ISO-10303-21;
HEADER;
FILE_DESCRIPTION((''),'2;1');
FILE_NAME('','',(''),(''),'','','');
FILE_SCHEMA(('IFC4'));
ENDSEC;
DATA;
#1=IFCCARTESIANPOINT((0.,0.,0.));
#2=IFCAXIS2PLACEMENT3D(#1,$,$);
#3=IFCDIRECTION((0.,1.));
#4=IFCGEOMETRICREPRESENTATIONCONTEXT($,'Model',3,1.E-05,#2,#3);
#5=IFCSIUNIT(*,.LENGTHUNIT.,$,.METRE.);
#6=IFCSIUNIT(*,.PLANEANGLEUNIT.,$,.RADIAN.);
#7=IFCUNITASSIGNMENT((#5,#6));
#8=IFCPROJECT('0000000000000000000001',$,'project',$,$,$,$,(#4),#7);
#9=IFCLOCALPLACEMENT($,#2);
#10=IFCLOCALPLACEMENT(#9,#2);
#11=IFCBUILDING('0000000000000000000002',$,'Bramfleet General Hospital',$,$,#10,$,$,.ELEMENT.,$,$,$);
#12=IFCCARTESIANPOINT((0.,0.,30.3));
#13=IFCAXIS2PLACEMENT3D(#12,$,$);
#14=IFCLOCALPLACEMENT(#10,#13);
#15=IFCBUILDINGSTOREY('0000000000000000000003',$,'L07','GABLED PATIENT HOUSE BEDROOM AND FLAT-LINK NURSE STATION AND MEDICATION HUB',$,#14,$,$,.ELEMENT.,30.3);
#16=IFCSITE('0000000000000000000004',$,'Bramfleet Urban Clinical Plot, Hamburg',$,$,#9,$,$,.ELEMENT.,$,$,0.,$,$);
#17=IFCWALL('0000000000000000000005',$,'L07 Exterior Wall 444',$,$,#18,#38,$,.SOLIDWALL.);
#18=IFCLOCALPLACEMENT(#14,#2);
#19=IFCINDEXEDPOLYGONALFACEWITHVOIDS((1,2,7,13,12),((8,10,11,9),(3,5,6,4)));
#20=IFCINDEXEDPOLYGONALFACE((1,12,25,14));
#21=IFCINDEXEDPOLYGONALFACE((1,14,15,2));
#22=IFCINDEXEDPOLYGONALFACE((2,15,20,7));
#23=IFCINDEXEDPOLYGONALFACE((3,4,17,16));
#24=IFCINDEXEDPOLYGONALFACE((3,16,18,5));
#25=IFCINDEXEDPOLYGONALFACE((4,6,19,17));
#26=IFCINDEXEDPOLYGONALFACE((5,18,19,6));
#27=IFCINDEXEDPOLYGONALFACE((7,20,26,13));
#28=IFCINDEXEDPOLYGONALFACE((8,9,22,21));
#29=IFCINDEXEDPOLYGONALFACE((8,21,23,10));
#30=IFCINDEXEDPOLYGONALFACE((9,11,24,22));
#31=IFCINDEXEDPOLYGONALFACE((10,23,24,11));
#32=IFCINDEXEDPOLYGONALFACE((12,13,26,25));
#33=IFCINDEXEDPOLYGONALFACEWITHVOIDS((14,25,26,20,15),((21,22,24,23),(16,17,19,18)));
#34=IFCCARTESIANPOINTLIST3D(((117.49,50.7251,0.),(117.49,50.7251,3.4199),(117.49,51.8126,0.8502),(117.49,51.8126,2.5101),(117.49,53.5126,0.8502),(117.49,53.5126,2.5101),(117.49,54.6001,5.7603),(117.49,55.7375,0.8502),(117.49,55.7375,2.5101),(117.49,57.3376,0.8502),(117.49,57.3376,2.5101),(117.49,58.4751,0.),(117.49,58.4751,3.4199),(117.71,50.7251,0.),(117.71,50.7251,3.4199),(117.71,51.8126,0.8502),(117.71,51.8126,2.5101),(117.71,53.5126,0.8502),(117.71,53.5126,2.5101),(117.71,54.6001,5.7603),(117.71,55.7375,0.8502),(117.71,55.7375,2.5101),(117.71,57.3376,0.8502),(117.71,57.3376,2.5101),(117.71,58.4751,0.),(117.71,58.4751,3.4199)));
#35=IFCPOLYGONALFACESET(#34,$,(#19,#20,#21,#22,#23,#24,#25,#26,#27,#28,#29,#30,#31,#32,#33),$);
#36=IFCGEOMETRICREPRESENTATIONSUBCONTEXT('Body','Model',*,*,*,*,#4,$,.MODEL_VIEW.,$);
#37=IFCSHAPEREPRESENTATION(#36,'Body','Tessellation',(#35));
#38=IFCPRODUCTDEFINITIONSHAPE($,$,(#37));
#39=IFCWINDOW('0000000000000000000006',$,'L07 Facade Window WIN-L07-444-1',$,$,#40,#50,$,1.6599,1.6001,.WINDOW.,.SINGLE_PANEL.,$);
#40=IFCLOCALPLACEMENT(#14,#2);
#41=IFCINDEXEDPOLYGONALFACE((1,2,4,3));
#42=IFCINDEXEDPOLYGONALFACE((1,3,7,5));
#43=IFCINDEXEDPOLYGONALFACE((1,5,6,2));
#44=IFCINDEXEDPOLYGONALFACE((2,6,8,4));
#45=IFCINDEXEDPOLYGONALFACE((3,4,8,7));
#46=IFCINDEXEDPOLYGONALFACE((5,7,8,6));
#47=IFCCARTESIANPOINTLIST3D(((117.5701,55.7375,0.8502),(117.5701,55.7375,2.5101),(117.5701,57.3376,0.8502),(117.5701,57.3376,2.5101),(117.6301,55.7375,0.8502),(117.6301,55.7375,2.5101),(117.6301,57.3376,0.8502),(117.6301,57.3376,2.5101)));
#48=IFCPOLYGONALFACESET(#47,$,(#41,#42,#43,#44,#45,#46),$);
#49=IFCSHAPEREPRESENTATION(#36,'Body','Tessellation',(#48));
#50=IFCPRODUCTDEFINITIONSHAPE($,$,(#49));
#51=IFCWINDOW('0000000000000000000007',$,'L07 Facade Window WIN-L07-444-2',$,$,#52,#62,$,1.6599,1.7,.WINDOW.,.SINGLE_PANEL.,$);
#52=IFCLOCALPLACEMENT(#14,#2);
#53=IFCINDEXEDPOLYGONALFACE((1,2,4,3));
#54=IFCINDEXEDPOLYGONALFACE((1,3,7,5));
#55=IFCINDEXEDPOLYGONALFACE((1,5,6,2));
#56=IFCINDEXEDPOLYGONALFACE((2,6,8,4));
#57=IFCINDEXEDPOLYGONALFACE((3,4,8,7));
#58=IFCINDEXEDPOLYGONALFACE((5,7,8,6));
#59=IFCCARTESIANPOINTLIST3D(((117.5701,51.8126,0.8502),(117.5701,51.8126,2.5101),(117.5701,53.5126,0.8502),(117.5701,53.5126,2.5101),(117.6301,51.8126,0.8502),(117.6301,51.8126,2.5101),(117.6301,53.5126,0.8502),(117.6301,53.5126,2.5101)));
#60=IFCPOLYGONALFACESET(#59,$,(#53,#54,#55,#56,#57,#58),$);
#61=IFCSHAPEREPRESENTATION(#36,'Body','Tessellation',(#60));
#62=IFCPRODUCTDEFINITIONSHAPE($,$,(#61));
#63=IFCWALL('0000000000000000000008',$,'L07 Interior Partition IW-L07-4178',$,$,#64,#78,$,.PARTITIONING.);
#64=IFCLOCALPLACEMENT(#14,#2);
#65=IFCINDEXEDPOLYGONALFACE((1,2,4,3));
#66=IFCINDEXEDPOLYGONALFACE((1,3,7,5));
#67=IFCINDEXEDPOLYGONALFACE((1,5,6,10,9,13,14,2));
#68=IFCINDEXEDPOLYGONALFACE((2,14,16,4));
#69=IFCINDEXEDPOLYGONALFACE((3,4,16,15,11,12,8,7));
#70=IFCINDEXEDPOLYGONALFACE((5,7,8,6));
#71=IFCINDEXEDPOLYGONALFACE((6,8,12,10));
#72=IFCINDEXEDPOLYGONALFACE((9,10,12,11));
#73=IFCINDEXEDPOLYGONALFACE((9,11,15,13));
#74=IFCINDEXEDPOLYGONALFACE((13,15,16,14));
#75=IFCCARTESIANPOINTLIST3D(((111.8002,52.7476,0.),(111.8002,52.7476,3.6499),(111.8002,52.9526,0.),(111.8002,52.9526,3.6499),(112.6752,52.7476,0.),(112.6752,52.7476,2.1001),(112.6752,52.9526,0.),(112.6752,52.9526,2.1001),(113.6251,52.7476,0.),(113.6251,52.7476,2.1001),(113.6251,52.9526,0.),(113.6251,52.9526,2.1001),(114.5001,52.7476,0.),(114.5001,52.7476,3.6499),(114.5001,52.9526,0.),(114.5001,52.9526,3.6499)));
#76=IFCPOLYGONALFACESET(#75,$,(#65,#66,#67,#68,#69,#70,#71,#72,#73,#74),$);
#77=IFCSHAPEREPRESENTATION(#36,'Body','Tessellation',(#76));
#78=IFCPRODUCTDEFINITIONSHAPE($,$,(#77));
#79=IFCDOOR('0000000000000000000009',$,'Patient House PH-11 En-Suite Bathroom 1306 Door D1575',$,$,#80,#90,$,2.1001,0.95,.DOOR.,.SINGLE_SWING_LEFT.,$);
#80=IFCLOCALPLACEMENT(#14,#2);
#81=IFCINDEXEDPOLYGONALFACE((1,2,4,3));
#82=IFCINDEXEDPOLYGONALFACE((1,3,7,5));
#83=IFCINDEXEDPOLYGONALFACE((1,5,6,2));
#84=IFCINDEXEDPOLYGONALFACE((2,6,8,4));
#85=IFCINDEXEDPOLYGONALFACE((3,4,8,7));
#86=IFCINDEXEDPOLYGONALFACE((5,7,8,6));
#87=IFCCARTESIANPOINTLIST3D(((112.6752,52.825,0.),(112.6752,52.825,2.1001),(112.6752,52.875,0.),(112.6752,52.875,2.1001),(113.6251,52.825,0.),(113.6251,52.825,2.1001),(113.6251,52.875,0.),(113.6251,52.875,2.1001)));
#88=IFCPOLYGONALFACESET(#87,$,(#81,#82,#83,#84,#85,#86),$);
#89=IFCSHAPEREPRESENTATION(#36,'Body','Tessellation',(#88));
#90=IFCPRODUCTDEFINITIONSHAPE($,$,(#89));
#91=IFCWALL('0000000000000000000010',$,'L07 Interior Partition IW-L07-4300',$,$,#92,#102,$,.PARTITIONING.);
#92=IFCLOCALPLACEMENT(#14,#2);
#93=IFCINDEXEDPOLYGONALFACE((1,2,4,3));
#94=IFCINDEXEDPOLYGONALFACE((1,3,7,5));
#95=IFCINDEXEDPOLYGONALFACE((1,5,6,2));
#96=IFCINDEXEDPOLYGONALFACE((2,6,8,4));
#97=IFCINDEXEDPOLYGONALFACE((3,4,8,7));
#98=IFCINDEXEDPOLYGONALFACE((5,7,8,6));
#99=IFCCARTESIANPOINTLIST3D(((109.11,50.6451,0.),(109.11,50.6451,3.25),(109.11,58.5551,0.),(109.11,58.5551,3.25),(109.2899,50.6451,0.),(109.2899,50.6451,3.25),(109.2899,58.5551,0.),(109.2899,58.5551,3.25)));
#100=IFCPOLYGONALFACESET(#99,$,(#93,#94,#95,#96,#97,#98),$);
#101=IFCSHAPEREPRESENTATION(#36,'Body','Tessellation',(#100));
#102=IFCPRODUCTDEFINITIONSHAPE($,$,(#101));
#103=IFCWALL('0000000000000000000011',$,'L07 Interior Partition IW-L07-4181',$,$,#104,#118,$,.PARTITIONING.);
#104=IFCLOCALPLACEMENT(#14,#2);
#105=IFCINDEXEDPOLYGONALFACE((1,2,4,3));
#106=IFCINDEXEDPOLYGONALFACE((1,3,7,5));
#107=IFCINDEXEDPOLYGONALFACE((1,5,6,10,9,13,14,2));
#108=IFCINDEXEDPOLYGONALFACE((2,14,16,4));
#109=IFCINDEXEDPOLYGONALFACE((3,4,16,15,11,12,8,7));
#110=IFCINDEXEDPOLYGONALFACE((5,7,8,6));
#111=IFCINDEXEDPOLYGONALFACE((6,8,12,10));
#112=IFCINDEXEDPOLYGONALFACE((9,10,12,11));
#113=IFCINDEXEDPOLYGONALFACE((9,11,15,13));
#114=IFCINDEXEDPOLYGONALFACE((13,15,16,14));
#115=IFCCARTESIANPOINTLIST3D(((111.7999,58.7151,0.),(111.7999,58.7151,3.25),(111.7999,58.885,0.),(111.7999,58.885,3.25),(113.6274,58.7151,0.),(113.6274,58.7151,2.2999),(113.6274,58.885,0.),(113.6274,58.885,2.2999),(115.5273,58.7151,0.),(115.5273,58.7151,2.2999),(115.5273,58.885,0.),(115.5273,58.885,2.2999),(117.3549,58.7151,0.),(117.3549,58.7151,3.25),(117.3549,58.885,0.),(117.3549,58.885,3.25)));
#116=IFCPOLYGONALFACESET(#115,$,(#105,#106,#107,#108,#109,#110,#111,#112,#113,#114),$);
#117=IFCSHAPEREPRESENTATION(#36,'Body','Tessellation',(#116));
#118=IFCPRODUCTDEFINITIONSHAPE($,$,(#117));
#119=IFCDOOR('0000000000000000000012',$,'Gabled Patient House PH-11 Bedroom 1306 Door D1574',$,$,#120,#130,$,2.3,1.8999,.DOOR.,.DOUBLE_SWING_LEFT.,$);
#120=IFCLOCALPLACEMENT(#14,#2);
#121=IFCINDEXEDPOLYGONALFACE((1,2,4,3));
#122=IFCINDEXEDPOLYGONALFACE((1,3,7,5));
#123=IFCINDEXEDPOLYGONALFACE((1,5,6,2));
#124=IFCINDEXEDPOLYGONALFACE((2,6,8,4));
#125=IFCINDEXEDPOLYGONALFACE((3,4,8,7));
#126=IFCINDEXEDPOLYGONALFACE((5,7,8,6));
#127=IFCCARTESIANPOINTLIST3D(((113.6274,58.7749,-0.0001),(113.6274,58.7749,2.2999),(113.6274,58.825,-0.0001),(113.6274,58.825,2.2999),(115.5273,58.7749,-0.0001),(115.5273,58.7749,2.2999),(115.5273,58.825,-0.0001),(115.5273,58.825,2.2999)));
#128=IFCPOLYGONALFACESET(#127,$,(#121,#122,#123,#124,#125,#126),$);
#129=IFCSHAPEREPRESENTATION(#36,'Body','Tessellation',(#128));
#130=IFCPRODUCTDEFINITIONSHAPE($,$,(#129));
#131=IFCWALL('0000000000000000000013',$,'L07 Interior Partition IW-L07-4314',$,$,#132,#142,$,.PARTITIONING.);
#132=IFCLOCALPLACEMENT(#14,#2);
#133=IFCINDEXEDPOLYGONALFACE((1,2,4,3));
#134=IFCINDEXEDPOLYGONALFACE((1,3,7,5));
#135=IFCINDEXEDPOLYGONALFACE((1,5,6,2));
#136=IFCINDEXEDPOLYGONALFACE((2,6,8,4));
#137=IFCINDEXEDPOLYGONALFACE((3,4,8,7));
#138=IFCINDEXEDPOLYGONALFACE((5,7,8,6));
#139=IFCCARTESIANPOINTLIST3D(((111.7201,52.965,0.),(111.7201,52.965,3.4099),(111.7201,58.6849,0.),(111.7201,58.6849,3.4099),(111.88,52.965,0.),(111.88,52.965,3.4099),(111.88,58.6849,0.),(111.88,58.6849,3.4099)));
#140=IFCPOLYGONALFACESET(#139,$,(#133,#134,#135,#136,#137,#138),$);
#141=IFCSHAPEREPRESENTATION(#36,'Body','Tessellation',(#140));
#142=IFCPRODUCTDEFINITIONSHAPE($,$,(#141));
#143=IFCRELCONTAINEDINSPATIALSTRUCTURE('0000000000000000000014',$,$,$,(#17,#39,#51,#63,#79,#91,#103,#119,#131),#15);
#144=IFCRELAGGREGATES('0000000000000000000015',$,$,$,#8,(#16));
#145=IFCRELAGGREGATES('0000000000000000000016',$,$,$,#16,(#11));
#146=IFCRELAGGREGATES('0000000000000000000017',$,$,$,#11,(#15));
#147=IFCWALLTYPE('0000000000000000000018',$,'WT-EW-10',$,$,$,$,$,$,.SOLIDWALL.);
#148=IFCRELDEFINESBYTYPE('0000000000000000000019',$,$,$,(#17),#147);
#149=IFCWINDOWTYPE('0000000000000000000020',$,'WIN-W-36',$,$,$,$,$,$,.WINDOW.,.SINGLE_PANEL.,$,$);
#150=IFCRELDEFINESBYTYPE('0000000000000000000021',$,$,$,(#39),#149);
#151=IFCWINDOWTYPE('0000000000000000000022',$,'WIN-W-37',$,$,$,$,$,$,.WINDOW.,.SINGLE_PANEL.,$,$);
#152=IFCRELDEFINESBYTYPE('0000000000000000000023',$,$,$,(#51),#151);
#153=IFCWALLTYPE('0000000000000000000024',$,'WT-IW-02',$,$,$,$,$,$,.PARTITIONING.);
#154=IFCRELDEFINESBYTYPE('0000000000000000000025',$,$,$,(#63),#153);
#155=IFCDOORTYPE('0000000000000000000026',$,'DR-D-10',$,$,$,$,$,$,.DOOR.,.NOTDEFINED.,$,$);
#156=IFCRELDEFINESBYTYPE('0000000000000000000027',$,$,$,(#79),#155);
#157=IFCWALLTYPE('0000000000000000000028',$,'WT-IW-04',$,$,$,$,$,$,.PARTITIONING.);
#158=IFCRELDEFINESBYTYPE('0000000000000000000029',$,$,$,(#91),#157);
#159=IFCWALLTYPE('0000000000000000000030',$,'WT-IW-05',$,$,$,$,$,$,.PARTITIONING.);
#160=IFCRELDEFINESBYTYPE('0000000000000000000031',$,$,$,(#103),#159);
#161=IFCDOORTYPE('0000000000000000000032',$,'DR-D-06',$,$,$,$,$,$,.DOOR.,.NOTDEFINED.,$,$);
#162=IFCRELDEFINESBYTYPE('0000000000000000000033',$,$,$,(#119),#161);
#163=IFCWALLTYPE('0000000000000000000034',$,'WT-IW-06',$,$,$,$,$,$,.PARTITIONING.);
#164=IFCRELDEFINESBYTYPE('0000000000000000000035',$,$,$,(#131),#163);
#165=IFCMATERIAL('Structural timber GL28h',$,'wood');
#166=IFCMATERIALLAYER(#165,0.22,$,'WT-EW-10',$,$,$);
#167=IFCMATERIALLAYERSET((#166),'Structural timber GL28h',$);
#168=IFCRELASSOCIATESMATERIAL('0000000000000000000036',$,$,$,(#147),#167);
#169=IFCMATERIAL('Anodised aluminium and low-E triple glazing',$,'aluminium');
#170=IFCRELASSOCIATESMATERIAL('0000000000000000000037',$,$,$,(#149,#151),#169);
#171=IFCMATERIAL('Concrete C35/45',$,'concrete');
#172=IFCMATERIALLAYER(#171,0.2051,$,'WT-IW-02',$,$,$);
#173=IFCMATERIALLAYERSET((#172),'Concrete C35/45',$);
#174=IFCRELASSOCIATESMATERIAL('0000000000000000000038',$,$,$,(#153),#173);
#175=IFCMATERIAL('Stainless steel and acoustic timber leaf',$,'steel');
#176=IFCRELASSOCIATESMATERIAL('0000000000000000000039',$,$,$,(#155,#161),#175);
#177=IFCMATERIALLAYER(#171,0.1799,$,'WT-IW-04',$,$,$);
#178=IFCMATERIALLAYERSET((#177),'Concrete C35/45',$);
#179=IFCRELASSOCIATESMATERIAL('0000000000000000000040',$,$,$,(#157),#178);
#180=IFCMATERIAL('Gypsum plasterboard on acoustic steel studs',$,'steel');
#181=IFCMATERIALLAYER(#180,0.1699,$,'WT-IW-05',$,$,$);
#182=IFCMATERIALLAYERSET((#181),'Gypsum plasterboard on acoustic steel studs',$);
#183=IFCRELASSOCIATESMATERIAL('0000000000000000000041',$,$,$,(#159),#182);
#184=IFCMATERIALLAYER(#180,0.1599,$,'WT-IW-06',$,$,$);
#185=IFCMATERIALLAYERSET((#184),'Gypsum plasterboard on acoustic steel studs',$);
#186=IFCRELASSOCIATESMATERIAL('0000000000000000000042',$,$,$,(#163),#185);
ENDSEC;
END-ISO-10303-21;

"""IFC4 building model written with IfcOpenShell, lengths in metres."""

from ifc_helpers import new_model, si_unit, direction, frame, frame_2d, origin, place, context, subcontext, project, spatial, polyline, rectangle, outline, extrude, material, layer, layer_set, type_object, element, fill, save


model = new_model("IFC4")

# Units and contexts
model_context = context("Model", 3, precision=1e-05, world=origin(), true_north=direction((0.0, 1.0)))
body_context = subcontext(model_context, "Body", "Model", "MODEL_VIEW")
ifc_project = project(units=[si_unit("LENGTHUNIT", "METRE"), si_unit("PLANEANGLEUNIT", "RADIAN")], contexts=[model_context])

# Site, building, storey
site_placement = place(None, origin())
site = spatial("IfcSite", under=ifc_project, at=site_placement, Name="Bramfleet Urban Clinical Plot, Hamburg", CompositionType="ELEMENT", RefElevation=0.0)
building_placement = place(site_placement, origin())
building = spatial("IfcBuilding", under=site, at=building_placement, Name="Bramfleet General Hospital", CompositionType="ELEMENT")
storey_placement = place(building_placement, frame((0.0, 0.0, 30.3)))
storey = spatial("IfcBuildingStorey", under=building, at=storey_placement, Name="L07", Description="GABLED PATIENT HOUSE BEDROOM AND FLAT-LINK NURSE STATION AND MEDICATION HUB", CompositionType="ELEMENT", Elevation=30.3)

# Wall, openings, windows
ifc_material_1 = material(Name="Structural timber GL28h", Category="wood")
ifc_layer_1 = layer(ifc_material_1, 0.22, Name="WT-EW-10")
ifc_layer_set_1 = layer_set([ifc_layer_1], Name="Structural timber GL28h")
wall_type_1 = type_object("IfcWallType", Name="WT-EW-10", PredefinedType="SOLIDWALL", material=ifc_layer_set_1)
wall_1_placement = place(storey_placement, frame((117.6001, 58.4751, 0.0), z_axis=(0.0, 0.0, 1.0), x_axis=(0.0, -1.0, 0.0)))
wall_1 = element("IfcWall", 1, at=wall_1_placement, inside=storey, type_object=wall_type_1, Name="L07 Exterior Wall 444", PredefinedType="SOLIDWALL", context=body_context, shape_type="SweptSolid", body=[
    extrude(outline(polyline([(0.0, 0.0), (7.75, 0.0), (7.75, 3.4199), (3.875, 5.7603), (0.0, 3.4199), (0.0, 0.0)])), frame((0.0, 0.1099, 0.0), z_axis=(0.0, -1.0, 0.0), x_axis=(1.0, 0.0, 0.0)), (0.0, 0.0, 1.0), 0.22),
])
opening_1_placement = place(wall_1_placement, frame((1.1375, 0.0, 0.8501)))
opening_1 = element("IfcOpeningElement", 2, at=opening_1_placement, cuts=wall_1, PredefinedType="OPENING", context=body_context, shape_type="SweptSolid", body=[
    extrude(rectangle(XDim=1.6001, YDim=1.6599, at=frame_2d((0.8, 0.8301))), frame((0.0, 0.1199, 0.0), z_axis=(0.0, -1.0, 0.0), x_axis=(1.0, 0.0, 0.0)), (0.0, 0.0, 1.0), 0.24),
])
opening_2_placement = place(wall_1_placement, frame((4.9624, 0.0, 0.8501)))
opening_2 = element("IfcOpeningElement", 3, at=opening_2_placement, cuts=wall_1, PredefinedType="OPENING", context=body_context, shape_type="SweptSolid", body=[
    extrude(rectangle(XDim=1.7, YDim=1.6599, at=frame_2d((0.8501, 0.8301))), frame((0.0, 0.1199, 0.0), z_axis=(0.0, -1.0, 0.0), x_axis=(1.0, 0.0, 0.0)), (0.0, 0.0, 1.0), 0.24),
])
ifc_material_2 = material(Name="Anodised aluminium and low-E triple glazing", Category="aluminium")
window_type_1 = type_object("IfcWindowType", Name="WIN-W-36", PartitioningType="SINGLE_PANEL", PredefinedType="WINDOW", material=ifc_material_2)
window_1_placement = place(opening_1_placement, origin())
window_1 = element("IfcWindow", 4, at=window_1_placement, inside=storey, type_object=window_type_1, Name="L07 Facade Window WIN-L07-444-1", OverallHeight=1.6599, OverallWidth=1.6001, PartitioningType="SINGLE_PANEL", PredefinedType="WINDOW", context=body_context, shape_type="SweptSolid", body=[
    extrude(rectangle(XDim=1.6001, YDim=1.6599, at=frame_2d((0.8, 0.8301))), frame((0.0, 0.03, 0.0), z_axis=(0.0, -1.0, 0.0), x_axis=(1.0, 0.0, 0.0)), (0.0, 0.0, 1.0), 0.0601),
])
fill(opening_1, window_1)
window_type_2 = type_object("IfcWindowType", Name="WIN-W-37", PartitioningType="SINGLE_PANEL", PredefinedType="WINDOW", material=ifc_material_2)
window_2_placement = place(opening_2_placement, origin())
window_2 = element("IfcWindow", 5, at=window_2_placement, inside=storey, type_object=window_type_2, Name="L07 Facade Window WIN-L07-444-2", OverallHeight=1.6599, OverallWidth=1.7, PartitioningType="SINGLE_PANEL", PredefinedType="WINDOW", context=body_context, shape_type="SweptSolid", body=[
    extrude(rectangle(XDim=1.7, YDim=1.6599, at=frame_2d((0.8501, 0.8301))), frame((0.0, 0.03, 0.0), z_axis=(0.0, -1.0, 0.0), x_axis=(1.0, 0.0, 0.0)), (0.0, 0.0, 1.0), 0.0601),
])
fill(opening_2, window_2)

# Wall, opening, door
ifc_material_3 = material(Name="Concrete C35/45", Category="concrete")
ifc_layer_2 = layer(ifc_material_3, 0.2051, Name="WT-IW-02")
ifc_layer_set_2 = layer_set([ifc_layer_2], Name="Concrete C35/45")
wall_type_2 = type_object("IfcWallType", Name="WT-IW-02", PredefinedType="PARTITIONING", material=ifc_layer_set_2)
wall_2_placement = place(storey_placement, frame((111.8, 52.8501, 0.0), z_axis=(0.0, 0.0, 1.0), x_axis=(1.0, 0.0, 0.0)))
wall_2 = element("IfcWall", 6, at=wall_2_placement, inside=storey, type_object=wall_type_2, Name="L07 Interior Partition IW-L07-4178", PredefinedType="PARTITIONING", context=body_context, shape_type="SweptSolid", body=[
    extrude(rectangle(XDim=2.7, YDim=0.2051, at=frame_2d((1.3501, 0.0))), origin(), (0.0, 0.0, 1.0), 3.6499),
])
opening_3_placement = place(wall_2_placement, frame((0.875, 0.0, 0.0)))
opening_3 = element("IfcOpeningElement", 7, at=opening_3_placement, cuts=wall_2, PredefinedType="OPENING", context=body_context, shape_type="SweptSolid", body=[
    extrude(rectangle(XDim=0.95, YDim=2.1001, at=frame_2d((0.4751, 1.05))), frame((0.0, 0.1125, 0.0), z_axis=(0.0, -1.0, 0.0), x_axis=(1.0, 0.0, 0.0)), (0.0, 0.0, 1.0), 0.2251),
])
ifc_material_4 = material(Name="Stainless steel and acoustic timber leaf", Category="steel")
door_type_1 = type_object("IfcDoorType", Name="DR-D-10", OperationType="NOTDEFINED", PredefinedType="DOOR", material=ifc_material_4)
door_1_placement = place(opening_3_placement, origin())
door_1 = element("IfcDoor", 8, at=door_1_placement, inside=storey, type_object=door_type_1, Name="Patient House PH-11 En-Suite Bathroom 1306 Door D1575", OperationType="SINGLE_SWING_LEFT", OverallHeight=2.1001, OverallWidth=0.95, PredefinedType="DOOR", context=body_context, shape_type="SweptSolid", body=[
    extrude(rectangle(XDim=0.95, YDim=2.1001, at=frame_2d((0.4751, 1.05))), frame((0.0, 0.0249, 0.0), z_axis=(0.0, -1.0, 0.0), x_axis=(1.0, 0.0, 0.0)), (0.0, 0.0, 1.0), 0.05),
])
fill(opening_3, door_1)

# Wall
ifc_layer_3 = layer(ifc_material_3, 0.1799, Name="WT-IW-04")
ifc_layer_set_3 = layer_set([ifc_layer_3], Name="Concrete C35/45")
wall_type_3 = type_object("IfcWallType", Name="WT-IW-04", PredefinedType="PARTITIONING", material=ifc_layer_set_3)
wall_3_placement = place(storey_placement, frame((109.2, 50.645, 0.0), z_axis=(0.0, 0.0, 1.0), x_axis=(0.0, 1.0, 0.0)))
element("IfcWall", 9, at=wall_3_placement, inside=storey, type_object=wall_type_3, Name="L07 Interior Partition IW-L07-4300", PredefinedType="PARTITIONING", context=body_context, shape_type="SweptSolid", body=[
    extrude(rectangle(XDim=7.9099, YDim=0.1799, at=frame_2d((3.9551, 0.0))), origin(), (0.0, 0.0, 1.0), 3.25),
])

# Wall, opening, door
ifc_material_5 = material(Name="Gypsum plasterboard on acoustic steel studs", Category="steel")
ifc_layer_4 = layer(ifc_material_5, 0.1699, Name="WT-IW-05")
ifc_layer_set_4 = layer_set([ifc_layer_4], Name="Gypsum plasterboard on acoustic steel studs")
wall_type_4 = type_object("IfcWallType", Name="WT-IW-05", PredefinedType="PARTITIONING", material=ifc_layer_set_4)
wall_4_placement = place(storey_placement, frame((111.8, 58.8, 0.0), z_axis=(0.0, 0.0, 1.0), x_axis=(1.0, 0.0, 0.0)))
wall_4 = element("IfcWall", 10, at=wall_4_placement, inside=storey, type_object=wall_type_4, Name="L07 Interior Partition IW-L07-4181", PredefinedType="PARTITIONING", context=body_context, shape_type="SweptSolid", body=[
    extrude(rectangle(XDim=5.5549, YDim=0.1699, at=frame_2d((2.7773, 0.0))), origin(), (0.0, 0.0, 1.0), 3.25),
])
opening_4_placement = place(wall_4_placement, frame((1.8274, 0.0, 0.0)))
opening_4 = element("IfcOpeningElement", 11, at=opening_4_placement, cuts=wall_4, PredefinedType="OPENING", context=body_context, shape_type="SweptSolid", body=[
    extrude(rectangle(XDim=1.8999, YDim=2.3, at=frame_2d((0.95, 1.1499))), frame((0.0, 0.095, 0.0), z_axis=(0.0, -1.0, 0.0), x_axis=(1.0, 0.0, 0.0)), (0.0, 0.0, 1.0), 0.1899),
])
door_type_2 = type_object("IfcDoorType", Name="DR-D-06", OperationType="NOTDEFINED", PredefinedType="DOOR", material=ifc_material_4)
door_2_placement = place(opening_4_placement, origin())
door_2 = element("IfcDoor", 12, at=door_2_placement, inside=storey, type_object=door_type_2, Name="Gabled Patient House PH-11 Bedroom 1306 Door D1574", OperationType="DOUBLE_SWING_LEFT", OverallHeight=2.3, OverallWidth=1.8999, PredefinedType="DOOR", context=body_context, shape_type="SweptSolid", body=[
    extrude(rectangle(XDim=1.8999, YDim=2.3, at=frame_2d((0.95, 1.1499))), frame((0.0, 0.0249, 0.0), z_axis=(0.0, -1.0, 0.0), x_axis=(1.0, 0.0, 0.0)), (0.0, 0.0, 1.0), 0.05),
])
fill(opening_4, door_2)

# Wall
ifc_layer_5 = layer(ifc_material_5, 0.1599, Name="WT-IW-06")
ifc_layer_set_5 = layer_set([ifc_layer_5], Name="Gypsum plasterboard on acoustic steel studs")
wall_type_5 = type_object("IfcWallType", Name="WT-IW-06", PredefinedType="PARTITIONING", material=ifc_layer_set_5)
wall_5_placement = place(storey_placement, frame((111.8, 52.9651, 0.0), z_axis=(0.0, 0.0, 1.0), x_axis=(0.0, 1.0, 0.0)))
element("IfcWall", 13, at=wall_5_placement, inside=storey, type_object=wall_type_5, Name="L07 Interior Partition IW-L07-4314", PredefinedType="PARTITIONING", context=body_context, shape_type="SweptSolid", body=[
    extrude(rectangle(XDim=5.72, YDim=0.1599, at=frame_2d((2.8599, 0.0))), origin(), (0.0, 0.0, 1.0), 3.4099),
])

save(model, "model.ifc")
